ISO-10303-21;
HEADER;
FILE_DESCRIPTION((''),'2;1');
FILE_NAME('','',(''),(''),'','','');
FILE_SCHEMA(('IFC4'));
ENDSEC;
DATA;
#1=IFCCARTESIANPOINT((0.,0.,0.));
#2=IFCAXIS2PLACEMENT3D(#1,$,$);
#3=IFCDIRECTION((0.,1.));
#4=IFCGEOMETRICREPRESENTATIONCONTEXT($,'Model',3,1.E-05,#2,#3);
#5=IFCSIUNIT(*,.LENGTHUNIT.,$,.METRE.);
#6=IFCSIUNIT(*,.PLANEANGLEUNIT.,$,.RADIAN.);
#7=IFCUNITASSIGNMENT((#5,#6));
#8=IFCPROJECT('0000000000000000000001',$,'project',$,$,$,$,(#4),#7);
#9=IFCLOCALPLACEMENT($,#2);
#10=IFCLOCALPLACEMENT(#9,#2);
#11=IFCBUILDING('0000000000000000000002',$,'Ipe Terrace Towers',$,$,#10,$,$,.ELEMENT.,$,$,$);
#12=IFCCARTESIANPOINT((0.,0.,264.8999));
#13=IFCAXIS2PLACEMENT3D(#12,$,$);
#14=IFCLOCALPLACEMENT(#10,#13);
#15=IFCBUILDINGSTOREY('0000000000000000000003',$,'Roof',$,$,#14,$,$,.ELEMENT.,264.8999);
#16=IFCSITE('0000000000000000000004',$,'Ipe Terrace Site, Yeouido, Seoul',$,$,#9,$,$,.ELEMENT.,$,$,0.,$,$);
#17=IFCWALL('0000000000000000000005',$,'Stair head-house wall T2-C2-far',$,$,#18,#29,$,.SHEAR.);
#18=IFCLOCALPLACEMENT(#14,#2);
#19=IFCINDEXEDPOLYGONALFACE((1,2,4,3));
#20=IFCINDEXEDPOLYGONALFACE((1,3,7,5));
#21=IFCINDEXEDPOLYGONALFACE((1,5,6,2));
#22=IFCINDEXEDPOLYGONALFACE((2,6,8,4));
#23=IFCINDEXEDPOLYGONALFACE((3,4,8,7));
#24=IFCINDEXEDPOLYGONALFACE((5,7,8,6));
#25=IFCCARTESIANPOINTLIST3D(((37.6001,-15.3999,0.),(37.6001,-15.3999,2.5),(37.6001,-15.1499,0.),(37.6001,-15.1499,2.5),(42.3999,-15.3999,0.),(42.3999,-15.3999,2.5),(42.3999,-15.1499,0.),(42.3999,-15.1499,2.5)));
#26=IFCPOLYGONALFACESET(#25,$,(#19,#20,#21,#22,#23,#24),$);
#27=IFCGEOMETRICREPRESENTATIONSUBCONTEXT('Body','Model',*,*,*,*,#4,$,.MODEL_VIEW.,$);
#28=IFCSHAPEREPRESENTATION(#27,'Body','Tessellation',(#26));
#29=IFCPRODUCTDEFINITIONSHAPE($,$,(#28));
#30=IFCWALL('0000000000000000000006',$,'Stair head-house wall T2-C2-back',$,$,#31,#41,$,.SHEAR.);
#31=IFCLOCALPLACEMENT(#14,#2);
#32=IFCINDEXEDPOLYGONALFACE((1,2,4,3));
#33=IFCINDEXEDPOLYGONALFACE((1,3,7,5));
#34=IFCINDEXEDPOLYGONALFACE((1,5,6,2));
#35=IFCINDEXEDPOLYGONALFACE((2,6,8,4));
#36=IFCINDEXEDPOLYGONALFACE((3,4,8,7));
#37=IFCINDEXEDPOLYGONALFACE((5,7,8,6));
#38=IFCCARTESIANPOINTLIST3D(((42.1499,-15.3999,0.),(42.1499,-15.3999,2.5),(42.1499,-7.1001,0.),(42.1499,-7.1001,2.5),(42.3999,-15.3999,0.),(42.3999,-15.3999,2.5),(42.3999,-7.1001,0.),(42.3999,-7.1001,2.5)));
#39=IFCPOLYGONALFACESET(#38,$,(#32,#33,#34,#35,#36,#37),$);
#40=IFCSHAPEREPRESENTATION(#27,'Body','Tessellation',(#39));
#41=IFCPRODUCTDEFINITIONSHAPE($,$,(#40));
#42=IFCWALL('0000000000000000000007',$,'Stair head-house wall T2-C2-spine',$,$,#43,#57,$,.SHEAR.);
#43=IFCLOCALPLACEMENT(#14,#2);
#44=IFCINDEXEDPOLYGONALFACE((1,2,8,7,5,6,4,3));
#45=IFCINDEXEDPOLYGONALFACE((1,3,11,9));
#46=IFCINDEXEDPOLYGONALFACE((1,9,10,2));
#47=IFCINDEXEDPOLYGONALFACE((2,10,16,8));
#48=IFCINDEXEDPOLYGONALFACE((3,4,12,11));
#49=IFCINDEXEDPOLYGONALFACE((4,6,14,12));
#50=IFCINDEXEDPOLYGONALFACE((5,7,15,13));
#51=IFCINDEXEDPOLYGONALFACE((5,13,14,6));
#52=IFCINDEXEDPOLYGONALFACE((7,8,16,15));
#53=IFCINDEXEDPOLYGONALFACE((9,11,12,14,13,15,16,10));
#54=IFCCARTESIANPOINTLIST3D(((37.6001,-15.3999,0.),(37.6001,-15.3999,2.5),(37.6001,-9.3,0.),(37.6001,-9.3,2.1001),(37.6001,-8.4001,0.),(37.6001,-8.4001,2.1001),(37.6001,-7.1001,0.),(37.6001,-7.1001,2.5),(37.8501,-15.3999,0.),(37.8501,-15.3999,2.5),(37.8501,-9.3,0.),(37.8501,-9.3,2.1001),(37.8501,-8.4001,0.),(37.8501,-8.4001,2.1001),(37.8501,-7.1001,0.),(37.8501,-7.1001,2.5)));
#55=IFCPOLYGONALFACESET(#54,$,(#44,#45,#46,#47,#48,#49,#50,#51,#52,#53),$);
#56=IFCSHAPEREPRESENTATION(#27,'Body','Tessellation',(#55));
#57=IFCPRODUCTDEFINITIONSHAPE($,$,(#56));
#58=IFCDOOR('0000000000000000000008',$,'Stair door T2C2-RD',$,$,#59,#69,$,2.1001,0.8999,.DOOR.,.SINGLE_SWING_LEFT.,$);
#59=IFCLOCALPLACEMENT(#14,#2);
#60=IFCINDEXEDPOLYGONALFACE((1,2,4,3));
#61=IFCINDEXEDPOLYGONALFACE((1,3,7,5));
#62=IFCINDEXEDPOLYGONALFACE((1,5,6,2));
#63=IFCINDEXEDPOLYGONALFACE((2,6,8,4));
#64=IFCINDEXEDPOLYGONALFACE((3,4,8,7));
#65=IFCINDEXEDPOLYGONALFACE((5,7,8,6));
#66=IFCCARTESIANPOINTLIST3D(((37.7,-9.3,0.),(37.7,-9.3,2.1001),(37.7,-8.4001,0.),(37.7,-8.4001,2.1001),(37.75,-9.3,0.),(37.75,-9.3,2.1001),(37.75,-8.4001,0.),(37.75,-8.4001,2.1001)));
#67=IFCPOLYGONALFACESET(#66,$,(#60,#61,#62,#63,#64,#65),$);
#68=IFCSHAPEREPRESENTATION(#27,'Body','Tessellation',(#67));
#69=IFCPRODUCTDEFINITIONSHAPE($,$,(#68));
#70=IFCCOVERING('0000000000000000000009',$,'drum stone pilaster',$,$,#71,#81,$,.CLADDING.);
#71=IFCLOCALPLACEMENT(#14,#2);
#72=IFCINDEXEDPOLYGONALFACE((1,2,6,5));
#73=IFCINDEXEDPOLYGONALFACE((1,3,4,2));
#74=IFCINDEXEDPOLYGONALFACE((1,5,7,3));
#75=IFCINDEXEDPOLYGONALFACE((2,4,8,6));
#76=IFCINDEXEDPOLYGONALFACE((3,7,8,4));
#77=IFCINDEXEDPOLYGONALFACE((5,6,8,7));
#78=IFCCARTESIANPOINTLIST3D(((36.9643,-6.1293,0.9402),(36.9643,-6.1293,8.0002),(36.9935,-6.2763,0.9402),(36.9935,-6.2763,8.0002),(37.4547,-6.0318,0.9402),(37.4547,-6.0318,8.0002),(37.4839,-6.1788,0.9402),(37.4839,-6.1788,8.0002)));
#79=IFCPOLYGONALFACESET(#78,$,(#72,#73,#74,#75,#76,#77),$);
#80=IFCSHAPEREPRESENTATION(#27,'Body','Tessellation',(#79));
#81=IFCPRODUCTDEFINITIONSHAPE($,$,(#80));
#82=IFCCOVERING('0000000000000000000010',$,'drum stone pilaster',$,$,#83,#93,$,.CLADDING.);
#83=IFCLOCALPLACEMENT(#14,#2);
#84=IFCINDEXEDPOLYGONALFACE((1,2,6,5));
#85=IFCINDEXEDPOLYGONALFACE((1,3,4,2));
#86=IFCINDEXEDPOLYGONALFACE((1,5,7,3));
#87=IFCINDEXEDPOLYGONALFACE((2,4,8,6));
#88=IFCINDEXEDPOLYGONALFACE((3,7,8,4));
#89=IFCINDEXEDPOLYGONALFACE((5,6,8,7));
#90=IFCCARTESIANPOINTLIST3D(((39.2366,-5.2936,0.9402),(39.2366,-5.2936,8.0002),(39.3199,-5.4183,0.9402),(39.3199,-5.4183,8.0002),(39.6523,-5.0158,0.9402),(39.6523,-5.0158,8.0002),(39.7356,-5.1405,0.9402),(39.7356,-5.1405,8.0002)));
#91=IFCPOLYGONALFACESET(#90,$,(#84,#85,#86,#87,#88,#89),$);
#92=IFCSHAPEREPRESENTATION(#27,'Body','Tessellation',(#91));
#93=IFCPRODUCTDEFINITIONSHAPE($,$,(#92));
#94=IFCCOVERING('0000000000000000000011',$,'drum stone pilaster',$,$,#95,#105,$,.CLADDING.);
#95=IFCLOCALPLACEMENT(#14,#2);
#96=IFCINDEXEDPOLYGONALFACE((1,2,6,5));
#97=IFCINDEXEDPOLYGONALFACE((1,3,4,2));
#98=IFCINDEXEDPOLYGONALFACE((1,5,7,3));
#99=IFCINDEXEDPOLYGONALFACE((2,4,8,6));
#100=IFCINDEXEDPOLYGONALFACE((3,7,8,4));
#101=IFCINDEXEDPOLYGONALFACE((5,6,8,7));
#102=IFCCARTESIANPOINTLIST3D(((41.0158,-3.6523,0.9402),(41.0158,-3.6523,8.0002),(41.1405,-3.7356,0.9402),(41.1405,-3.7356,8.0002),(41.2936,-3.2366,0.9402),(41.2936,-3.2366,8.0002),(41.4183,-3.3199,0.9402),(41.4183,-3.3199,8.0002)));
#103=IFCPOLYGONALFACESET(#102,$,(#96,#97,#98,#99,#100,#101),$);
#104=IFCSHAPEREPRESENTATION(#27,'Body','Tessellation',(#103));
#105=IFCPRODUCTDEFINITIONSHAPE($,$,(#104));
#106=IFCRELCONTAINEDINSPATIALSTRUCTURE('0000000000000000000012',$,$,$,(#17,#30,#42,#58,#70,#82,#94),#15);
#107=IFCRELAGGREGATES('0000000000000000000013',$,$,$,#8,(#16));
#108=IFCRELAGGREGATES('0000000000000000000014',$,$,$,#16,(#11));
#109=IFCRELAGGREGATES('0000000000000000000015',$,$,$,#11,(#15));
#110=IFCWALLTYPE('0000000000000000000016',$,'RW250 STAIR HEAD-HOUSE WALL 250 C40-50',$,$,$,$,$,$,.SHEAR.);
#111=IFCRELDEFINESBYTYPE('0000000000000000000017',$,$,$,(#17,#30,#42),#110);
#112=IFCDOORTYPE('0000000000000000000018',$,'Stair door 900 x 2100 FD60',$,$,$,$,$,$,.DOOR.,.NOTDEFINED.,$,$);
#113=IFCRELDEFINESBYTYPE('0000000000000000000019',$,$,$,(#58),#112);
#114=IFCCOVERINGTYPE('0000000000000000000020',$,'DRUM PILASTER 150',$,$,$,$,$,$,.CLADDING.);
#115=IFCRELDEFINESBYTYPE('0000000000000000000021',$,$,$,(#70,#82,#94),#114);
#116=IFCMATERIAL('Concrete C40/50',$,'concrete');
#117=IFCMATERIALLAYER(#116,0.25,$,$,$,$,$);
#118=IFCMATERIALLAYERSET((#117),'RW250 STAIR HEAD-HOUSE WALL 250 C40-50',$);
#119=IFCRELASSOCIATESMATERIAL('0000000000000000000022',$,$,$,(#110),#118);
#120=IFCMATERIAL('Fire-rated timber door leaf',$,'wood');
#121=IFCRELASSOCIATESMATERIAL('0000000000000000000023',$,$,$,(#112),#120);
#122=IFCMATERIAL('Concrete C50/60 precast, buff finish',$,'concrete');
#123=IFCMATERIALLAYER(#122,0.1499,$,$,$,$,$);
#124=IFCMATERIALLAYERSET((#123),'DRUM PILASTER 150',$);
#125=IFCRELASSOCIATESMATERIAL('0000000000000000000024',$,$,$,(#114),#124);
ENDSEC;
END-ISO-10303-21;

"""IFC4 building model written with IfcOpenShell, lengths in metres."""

from ifc_helpers import new_model, si_unit, direction, frame, frame_2d, origin, origin_2d, place, context, subcontext, project, spatial, rectangle, extrude, material, layer, layer_set, type_object, element, fill, save


model = new_model("IFC4")

# Units and contexts
model_context = context("Model", 3, precision=1e-05, world=origin(), true_north=direction((0.0, 1.0)))
body_context = subcontext(model_context, "Body", "Model", "MODEL_VIEW")
ifc_project = project(units=[si_unit("LENGTHUNIT", "METRE"), si_unit("PLANEANGLEUNIT", "RADIAN")], contexts=[model_context])

# Site, building, storey
site_placement = place(None, origin())
site = spatial("IfcSite", under=ifc_project, at=site_placement, Name="Ipe Terrace Site, Yeouido, Seoul", CompositionType="ELEMENT", RefElevation=0.0)
building_placement = place(site_placement, origin())
building = spatial("IfcBuilding", under=site, at=building_placement, Name="Ipe Terrace Towers", CompositionType="ELEMENT")
storey_placement = place(building_placement, frame((0.0, 0.0, 264.8999)))
storey = spatial("IfcBuildingStorey", under=building, at=storey_placement, Name="Roof", CompositionType="ELEMENT", Elevation=264.8999)

# Walls
ifc_material_1 = material(Name="Concrete C40/50", Category="concrete")
ifc_layer_1 = layer(ifc_material_1, 0.25)
ifc_layer_set_1 = layer_set([ifc_layer_1], Name="RW250 STAIR HEAD-HOUSE WALL 250 C40-50")
wall_type_1 = type_object("IfcWallType", Name="RW250 STAIR HEAD-HOUSE WALL 250 C40-50", PredefinedType="SHEAR", material=ifc_layer_set_1)
for number, where, z_axis, x_axis, name in (
    (1, (37.6001, -15.2749, 0.0), (0.0, 0.0, 1.0), (1.0, 0.0, 0.0), "Stair head-house wall T2-C2-far"),
):
    element("IfcWall", number, at=place(storey_placement, frame(where, z_axis=z_axis, x_axis=x_axis)), inside=storey, type_object=wall_type_1, Name=name, PredefinedType="SHEAR", context=body_context, shape_type="SweptSolid", body=[
        extrude(rectangle(XDim=4.7998, YDim=0.25, at=frame_2d((2.3999, 0.0))), origin(), (0.0, 0.0, 1.0), 2.5),
    ])
wall_1_placement = place(storey_placement, frame((42.2749, -7.1001, 0.0), z_axis=(0.0, 0.0, 1.0), x_axis=(0.0, -1.0, 0.0)))
element("IfcWall", 2, at=wall_1_placement, inside=storey, type_object=wall_type_1, Name="Stair head-house wall T2-C2-back", PredefinedType="SHEAR", context=body_context, shape_type="SweptSolid", body=[
    extrude(rectangle(XDim=8.2998, YDim=0.25, at=frame_2d((4.1499, 0.0))), origin(), (0.0, 0.0, 1.0), 2.5),
])

# Wall, opening, door
wall_2_placement = place(storey_placement, frame((37.7251, -7.1001, 0.0), z_axis=(0.0, 0.0, 1.0), x_axis=(0.0, -1.0, 0.0)))
wall_2 = element("IfcWall", 3, at=wall_2_placement, inside=storey, type_object=wall_type_1, Name="Stair head-house wall T2-C2-spine", PredefinedType="SHEAR", context=body_context, shape_type="SweptSolid", body=[
    extrude(rectangle(XDim=8.2998, YDim=0.25, at=frame_2d((4.1499, 0.0))), origin(), (0.0, 0.0, 1.0), 2.5),
])
opening_1_placement = place(wall_2_placement, frame((1.3, 0.0, 0.0)))
opening_1 = element("IfcOpeningElement", 4, at=opening_1_placement, cuts=wall_2, PredefinedType="OPENING", context=body_context, shape_type="SweptSolid", body=[
    extrude(rectangle(XDim=0.8999, YDim=2.1001, at=frame_2d((0.45, 1.05))), frame((0.0, 0.135, 0.0), z_axis=(0.0, -1.0, 0.0), x_axis=(1.0, 0.0, 0.0)), (0.0, 0.0, 1.0), 0.27),
])
ifc_material_2 = material(Name="Fire-rated timber door leaf", Category="wood")
door_type = type_object("IfcDoorType", Name="Stair door 900 x 2100 FD60", OperationType="NOTDEFINED", PredefinedType="DOOR", material=ifc_material_2)
door_placement = place(opening_1_placement, origin())
door = element("IfcDoor", 5, at=door_placement, inside=storey, type_object=door_type, Name="Stair door T2C2-RD", OperationType="SINGLE_SWING_LEFT", OverallHeight=2.1001, OverallWidth=0.8999, PredefinedType="DOOR", context=body_context, shape_type="SweptSolid", body=[
    extrude(rectangle(XDim=0.8999, YDim=2.1001, at=frame_2d((0.45, 1.05))), frame((0.0, 0.0249, 0.0), z_axis=(0.0, -1.0, 0.0), x_axis=(1.0, 0.0, 0.0)), (0.0, 0.0, 1.0), 0.05),
])
fill(opening_1, door)

# Coverings
ifc_material_3 = material(Name="Concrete C50/60 precast, buff finish", Category="concrete")
ifc_layer_2 = layer(ifc_material_3, 0.1499)
ifc_layer_set_2 = layer_set([ifc_layer_2], Name="DRUM PILASTER 150")
covering_type = type_object("IfcCoveringType", Name="DRUM PILASTER 150", PredefinedType="CLADDING", material=ifc_layer_set_2)
for number, where, z_axis, x_axis, name in (
    (6, (37.2241, -6.1541, 0.9402), (0.0, 0.0, 1.0), (0.19509, -0.980785, 0.0), "drum stone pilaster"),
    (7, (39.4861, -5.217, 0.9402), (0.0, 0.0, 1.0), (0.55557, -0.83147, 0.0), "drum stone pilaster"),
    (8, (41.217, -3.4861, 0.9402), (0.0, 0.0, 1.0), (0.83147, -0.55557, 0.0), "drum stone pilaster"),
):
    element("IfcCovering", number, at=place(storey_placement, frame(where, z_axis=z_axis, x_axis=x_axis)), inside=storey, type_object=covering_type, Name=name, PredefinedType="CLADDING", context=body_context, shape_type="SweptSolid", body=[
        extrude(rectangle(XDim=0.1499, YDim=0.5, at=origin_2d()), origin(), (0.0, 0.0, 1.0), 7.0601),
    ])

save(model, "model.ifc")
